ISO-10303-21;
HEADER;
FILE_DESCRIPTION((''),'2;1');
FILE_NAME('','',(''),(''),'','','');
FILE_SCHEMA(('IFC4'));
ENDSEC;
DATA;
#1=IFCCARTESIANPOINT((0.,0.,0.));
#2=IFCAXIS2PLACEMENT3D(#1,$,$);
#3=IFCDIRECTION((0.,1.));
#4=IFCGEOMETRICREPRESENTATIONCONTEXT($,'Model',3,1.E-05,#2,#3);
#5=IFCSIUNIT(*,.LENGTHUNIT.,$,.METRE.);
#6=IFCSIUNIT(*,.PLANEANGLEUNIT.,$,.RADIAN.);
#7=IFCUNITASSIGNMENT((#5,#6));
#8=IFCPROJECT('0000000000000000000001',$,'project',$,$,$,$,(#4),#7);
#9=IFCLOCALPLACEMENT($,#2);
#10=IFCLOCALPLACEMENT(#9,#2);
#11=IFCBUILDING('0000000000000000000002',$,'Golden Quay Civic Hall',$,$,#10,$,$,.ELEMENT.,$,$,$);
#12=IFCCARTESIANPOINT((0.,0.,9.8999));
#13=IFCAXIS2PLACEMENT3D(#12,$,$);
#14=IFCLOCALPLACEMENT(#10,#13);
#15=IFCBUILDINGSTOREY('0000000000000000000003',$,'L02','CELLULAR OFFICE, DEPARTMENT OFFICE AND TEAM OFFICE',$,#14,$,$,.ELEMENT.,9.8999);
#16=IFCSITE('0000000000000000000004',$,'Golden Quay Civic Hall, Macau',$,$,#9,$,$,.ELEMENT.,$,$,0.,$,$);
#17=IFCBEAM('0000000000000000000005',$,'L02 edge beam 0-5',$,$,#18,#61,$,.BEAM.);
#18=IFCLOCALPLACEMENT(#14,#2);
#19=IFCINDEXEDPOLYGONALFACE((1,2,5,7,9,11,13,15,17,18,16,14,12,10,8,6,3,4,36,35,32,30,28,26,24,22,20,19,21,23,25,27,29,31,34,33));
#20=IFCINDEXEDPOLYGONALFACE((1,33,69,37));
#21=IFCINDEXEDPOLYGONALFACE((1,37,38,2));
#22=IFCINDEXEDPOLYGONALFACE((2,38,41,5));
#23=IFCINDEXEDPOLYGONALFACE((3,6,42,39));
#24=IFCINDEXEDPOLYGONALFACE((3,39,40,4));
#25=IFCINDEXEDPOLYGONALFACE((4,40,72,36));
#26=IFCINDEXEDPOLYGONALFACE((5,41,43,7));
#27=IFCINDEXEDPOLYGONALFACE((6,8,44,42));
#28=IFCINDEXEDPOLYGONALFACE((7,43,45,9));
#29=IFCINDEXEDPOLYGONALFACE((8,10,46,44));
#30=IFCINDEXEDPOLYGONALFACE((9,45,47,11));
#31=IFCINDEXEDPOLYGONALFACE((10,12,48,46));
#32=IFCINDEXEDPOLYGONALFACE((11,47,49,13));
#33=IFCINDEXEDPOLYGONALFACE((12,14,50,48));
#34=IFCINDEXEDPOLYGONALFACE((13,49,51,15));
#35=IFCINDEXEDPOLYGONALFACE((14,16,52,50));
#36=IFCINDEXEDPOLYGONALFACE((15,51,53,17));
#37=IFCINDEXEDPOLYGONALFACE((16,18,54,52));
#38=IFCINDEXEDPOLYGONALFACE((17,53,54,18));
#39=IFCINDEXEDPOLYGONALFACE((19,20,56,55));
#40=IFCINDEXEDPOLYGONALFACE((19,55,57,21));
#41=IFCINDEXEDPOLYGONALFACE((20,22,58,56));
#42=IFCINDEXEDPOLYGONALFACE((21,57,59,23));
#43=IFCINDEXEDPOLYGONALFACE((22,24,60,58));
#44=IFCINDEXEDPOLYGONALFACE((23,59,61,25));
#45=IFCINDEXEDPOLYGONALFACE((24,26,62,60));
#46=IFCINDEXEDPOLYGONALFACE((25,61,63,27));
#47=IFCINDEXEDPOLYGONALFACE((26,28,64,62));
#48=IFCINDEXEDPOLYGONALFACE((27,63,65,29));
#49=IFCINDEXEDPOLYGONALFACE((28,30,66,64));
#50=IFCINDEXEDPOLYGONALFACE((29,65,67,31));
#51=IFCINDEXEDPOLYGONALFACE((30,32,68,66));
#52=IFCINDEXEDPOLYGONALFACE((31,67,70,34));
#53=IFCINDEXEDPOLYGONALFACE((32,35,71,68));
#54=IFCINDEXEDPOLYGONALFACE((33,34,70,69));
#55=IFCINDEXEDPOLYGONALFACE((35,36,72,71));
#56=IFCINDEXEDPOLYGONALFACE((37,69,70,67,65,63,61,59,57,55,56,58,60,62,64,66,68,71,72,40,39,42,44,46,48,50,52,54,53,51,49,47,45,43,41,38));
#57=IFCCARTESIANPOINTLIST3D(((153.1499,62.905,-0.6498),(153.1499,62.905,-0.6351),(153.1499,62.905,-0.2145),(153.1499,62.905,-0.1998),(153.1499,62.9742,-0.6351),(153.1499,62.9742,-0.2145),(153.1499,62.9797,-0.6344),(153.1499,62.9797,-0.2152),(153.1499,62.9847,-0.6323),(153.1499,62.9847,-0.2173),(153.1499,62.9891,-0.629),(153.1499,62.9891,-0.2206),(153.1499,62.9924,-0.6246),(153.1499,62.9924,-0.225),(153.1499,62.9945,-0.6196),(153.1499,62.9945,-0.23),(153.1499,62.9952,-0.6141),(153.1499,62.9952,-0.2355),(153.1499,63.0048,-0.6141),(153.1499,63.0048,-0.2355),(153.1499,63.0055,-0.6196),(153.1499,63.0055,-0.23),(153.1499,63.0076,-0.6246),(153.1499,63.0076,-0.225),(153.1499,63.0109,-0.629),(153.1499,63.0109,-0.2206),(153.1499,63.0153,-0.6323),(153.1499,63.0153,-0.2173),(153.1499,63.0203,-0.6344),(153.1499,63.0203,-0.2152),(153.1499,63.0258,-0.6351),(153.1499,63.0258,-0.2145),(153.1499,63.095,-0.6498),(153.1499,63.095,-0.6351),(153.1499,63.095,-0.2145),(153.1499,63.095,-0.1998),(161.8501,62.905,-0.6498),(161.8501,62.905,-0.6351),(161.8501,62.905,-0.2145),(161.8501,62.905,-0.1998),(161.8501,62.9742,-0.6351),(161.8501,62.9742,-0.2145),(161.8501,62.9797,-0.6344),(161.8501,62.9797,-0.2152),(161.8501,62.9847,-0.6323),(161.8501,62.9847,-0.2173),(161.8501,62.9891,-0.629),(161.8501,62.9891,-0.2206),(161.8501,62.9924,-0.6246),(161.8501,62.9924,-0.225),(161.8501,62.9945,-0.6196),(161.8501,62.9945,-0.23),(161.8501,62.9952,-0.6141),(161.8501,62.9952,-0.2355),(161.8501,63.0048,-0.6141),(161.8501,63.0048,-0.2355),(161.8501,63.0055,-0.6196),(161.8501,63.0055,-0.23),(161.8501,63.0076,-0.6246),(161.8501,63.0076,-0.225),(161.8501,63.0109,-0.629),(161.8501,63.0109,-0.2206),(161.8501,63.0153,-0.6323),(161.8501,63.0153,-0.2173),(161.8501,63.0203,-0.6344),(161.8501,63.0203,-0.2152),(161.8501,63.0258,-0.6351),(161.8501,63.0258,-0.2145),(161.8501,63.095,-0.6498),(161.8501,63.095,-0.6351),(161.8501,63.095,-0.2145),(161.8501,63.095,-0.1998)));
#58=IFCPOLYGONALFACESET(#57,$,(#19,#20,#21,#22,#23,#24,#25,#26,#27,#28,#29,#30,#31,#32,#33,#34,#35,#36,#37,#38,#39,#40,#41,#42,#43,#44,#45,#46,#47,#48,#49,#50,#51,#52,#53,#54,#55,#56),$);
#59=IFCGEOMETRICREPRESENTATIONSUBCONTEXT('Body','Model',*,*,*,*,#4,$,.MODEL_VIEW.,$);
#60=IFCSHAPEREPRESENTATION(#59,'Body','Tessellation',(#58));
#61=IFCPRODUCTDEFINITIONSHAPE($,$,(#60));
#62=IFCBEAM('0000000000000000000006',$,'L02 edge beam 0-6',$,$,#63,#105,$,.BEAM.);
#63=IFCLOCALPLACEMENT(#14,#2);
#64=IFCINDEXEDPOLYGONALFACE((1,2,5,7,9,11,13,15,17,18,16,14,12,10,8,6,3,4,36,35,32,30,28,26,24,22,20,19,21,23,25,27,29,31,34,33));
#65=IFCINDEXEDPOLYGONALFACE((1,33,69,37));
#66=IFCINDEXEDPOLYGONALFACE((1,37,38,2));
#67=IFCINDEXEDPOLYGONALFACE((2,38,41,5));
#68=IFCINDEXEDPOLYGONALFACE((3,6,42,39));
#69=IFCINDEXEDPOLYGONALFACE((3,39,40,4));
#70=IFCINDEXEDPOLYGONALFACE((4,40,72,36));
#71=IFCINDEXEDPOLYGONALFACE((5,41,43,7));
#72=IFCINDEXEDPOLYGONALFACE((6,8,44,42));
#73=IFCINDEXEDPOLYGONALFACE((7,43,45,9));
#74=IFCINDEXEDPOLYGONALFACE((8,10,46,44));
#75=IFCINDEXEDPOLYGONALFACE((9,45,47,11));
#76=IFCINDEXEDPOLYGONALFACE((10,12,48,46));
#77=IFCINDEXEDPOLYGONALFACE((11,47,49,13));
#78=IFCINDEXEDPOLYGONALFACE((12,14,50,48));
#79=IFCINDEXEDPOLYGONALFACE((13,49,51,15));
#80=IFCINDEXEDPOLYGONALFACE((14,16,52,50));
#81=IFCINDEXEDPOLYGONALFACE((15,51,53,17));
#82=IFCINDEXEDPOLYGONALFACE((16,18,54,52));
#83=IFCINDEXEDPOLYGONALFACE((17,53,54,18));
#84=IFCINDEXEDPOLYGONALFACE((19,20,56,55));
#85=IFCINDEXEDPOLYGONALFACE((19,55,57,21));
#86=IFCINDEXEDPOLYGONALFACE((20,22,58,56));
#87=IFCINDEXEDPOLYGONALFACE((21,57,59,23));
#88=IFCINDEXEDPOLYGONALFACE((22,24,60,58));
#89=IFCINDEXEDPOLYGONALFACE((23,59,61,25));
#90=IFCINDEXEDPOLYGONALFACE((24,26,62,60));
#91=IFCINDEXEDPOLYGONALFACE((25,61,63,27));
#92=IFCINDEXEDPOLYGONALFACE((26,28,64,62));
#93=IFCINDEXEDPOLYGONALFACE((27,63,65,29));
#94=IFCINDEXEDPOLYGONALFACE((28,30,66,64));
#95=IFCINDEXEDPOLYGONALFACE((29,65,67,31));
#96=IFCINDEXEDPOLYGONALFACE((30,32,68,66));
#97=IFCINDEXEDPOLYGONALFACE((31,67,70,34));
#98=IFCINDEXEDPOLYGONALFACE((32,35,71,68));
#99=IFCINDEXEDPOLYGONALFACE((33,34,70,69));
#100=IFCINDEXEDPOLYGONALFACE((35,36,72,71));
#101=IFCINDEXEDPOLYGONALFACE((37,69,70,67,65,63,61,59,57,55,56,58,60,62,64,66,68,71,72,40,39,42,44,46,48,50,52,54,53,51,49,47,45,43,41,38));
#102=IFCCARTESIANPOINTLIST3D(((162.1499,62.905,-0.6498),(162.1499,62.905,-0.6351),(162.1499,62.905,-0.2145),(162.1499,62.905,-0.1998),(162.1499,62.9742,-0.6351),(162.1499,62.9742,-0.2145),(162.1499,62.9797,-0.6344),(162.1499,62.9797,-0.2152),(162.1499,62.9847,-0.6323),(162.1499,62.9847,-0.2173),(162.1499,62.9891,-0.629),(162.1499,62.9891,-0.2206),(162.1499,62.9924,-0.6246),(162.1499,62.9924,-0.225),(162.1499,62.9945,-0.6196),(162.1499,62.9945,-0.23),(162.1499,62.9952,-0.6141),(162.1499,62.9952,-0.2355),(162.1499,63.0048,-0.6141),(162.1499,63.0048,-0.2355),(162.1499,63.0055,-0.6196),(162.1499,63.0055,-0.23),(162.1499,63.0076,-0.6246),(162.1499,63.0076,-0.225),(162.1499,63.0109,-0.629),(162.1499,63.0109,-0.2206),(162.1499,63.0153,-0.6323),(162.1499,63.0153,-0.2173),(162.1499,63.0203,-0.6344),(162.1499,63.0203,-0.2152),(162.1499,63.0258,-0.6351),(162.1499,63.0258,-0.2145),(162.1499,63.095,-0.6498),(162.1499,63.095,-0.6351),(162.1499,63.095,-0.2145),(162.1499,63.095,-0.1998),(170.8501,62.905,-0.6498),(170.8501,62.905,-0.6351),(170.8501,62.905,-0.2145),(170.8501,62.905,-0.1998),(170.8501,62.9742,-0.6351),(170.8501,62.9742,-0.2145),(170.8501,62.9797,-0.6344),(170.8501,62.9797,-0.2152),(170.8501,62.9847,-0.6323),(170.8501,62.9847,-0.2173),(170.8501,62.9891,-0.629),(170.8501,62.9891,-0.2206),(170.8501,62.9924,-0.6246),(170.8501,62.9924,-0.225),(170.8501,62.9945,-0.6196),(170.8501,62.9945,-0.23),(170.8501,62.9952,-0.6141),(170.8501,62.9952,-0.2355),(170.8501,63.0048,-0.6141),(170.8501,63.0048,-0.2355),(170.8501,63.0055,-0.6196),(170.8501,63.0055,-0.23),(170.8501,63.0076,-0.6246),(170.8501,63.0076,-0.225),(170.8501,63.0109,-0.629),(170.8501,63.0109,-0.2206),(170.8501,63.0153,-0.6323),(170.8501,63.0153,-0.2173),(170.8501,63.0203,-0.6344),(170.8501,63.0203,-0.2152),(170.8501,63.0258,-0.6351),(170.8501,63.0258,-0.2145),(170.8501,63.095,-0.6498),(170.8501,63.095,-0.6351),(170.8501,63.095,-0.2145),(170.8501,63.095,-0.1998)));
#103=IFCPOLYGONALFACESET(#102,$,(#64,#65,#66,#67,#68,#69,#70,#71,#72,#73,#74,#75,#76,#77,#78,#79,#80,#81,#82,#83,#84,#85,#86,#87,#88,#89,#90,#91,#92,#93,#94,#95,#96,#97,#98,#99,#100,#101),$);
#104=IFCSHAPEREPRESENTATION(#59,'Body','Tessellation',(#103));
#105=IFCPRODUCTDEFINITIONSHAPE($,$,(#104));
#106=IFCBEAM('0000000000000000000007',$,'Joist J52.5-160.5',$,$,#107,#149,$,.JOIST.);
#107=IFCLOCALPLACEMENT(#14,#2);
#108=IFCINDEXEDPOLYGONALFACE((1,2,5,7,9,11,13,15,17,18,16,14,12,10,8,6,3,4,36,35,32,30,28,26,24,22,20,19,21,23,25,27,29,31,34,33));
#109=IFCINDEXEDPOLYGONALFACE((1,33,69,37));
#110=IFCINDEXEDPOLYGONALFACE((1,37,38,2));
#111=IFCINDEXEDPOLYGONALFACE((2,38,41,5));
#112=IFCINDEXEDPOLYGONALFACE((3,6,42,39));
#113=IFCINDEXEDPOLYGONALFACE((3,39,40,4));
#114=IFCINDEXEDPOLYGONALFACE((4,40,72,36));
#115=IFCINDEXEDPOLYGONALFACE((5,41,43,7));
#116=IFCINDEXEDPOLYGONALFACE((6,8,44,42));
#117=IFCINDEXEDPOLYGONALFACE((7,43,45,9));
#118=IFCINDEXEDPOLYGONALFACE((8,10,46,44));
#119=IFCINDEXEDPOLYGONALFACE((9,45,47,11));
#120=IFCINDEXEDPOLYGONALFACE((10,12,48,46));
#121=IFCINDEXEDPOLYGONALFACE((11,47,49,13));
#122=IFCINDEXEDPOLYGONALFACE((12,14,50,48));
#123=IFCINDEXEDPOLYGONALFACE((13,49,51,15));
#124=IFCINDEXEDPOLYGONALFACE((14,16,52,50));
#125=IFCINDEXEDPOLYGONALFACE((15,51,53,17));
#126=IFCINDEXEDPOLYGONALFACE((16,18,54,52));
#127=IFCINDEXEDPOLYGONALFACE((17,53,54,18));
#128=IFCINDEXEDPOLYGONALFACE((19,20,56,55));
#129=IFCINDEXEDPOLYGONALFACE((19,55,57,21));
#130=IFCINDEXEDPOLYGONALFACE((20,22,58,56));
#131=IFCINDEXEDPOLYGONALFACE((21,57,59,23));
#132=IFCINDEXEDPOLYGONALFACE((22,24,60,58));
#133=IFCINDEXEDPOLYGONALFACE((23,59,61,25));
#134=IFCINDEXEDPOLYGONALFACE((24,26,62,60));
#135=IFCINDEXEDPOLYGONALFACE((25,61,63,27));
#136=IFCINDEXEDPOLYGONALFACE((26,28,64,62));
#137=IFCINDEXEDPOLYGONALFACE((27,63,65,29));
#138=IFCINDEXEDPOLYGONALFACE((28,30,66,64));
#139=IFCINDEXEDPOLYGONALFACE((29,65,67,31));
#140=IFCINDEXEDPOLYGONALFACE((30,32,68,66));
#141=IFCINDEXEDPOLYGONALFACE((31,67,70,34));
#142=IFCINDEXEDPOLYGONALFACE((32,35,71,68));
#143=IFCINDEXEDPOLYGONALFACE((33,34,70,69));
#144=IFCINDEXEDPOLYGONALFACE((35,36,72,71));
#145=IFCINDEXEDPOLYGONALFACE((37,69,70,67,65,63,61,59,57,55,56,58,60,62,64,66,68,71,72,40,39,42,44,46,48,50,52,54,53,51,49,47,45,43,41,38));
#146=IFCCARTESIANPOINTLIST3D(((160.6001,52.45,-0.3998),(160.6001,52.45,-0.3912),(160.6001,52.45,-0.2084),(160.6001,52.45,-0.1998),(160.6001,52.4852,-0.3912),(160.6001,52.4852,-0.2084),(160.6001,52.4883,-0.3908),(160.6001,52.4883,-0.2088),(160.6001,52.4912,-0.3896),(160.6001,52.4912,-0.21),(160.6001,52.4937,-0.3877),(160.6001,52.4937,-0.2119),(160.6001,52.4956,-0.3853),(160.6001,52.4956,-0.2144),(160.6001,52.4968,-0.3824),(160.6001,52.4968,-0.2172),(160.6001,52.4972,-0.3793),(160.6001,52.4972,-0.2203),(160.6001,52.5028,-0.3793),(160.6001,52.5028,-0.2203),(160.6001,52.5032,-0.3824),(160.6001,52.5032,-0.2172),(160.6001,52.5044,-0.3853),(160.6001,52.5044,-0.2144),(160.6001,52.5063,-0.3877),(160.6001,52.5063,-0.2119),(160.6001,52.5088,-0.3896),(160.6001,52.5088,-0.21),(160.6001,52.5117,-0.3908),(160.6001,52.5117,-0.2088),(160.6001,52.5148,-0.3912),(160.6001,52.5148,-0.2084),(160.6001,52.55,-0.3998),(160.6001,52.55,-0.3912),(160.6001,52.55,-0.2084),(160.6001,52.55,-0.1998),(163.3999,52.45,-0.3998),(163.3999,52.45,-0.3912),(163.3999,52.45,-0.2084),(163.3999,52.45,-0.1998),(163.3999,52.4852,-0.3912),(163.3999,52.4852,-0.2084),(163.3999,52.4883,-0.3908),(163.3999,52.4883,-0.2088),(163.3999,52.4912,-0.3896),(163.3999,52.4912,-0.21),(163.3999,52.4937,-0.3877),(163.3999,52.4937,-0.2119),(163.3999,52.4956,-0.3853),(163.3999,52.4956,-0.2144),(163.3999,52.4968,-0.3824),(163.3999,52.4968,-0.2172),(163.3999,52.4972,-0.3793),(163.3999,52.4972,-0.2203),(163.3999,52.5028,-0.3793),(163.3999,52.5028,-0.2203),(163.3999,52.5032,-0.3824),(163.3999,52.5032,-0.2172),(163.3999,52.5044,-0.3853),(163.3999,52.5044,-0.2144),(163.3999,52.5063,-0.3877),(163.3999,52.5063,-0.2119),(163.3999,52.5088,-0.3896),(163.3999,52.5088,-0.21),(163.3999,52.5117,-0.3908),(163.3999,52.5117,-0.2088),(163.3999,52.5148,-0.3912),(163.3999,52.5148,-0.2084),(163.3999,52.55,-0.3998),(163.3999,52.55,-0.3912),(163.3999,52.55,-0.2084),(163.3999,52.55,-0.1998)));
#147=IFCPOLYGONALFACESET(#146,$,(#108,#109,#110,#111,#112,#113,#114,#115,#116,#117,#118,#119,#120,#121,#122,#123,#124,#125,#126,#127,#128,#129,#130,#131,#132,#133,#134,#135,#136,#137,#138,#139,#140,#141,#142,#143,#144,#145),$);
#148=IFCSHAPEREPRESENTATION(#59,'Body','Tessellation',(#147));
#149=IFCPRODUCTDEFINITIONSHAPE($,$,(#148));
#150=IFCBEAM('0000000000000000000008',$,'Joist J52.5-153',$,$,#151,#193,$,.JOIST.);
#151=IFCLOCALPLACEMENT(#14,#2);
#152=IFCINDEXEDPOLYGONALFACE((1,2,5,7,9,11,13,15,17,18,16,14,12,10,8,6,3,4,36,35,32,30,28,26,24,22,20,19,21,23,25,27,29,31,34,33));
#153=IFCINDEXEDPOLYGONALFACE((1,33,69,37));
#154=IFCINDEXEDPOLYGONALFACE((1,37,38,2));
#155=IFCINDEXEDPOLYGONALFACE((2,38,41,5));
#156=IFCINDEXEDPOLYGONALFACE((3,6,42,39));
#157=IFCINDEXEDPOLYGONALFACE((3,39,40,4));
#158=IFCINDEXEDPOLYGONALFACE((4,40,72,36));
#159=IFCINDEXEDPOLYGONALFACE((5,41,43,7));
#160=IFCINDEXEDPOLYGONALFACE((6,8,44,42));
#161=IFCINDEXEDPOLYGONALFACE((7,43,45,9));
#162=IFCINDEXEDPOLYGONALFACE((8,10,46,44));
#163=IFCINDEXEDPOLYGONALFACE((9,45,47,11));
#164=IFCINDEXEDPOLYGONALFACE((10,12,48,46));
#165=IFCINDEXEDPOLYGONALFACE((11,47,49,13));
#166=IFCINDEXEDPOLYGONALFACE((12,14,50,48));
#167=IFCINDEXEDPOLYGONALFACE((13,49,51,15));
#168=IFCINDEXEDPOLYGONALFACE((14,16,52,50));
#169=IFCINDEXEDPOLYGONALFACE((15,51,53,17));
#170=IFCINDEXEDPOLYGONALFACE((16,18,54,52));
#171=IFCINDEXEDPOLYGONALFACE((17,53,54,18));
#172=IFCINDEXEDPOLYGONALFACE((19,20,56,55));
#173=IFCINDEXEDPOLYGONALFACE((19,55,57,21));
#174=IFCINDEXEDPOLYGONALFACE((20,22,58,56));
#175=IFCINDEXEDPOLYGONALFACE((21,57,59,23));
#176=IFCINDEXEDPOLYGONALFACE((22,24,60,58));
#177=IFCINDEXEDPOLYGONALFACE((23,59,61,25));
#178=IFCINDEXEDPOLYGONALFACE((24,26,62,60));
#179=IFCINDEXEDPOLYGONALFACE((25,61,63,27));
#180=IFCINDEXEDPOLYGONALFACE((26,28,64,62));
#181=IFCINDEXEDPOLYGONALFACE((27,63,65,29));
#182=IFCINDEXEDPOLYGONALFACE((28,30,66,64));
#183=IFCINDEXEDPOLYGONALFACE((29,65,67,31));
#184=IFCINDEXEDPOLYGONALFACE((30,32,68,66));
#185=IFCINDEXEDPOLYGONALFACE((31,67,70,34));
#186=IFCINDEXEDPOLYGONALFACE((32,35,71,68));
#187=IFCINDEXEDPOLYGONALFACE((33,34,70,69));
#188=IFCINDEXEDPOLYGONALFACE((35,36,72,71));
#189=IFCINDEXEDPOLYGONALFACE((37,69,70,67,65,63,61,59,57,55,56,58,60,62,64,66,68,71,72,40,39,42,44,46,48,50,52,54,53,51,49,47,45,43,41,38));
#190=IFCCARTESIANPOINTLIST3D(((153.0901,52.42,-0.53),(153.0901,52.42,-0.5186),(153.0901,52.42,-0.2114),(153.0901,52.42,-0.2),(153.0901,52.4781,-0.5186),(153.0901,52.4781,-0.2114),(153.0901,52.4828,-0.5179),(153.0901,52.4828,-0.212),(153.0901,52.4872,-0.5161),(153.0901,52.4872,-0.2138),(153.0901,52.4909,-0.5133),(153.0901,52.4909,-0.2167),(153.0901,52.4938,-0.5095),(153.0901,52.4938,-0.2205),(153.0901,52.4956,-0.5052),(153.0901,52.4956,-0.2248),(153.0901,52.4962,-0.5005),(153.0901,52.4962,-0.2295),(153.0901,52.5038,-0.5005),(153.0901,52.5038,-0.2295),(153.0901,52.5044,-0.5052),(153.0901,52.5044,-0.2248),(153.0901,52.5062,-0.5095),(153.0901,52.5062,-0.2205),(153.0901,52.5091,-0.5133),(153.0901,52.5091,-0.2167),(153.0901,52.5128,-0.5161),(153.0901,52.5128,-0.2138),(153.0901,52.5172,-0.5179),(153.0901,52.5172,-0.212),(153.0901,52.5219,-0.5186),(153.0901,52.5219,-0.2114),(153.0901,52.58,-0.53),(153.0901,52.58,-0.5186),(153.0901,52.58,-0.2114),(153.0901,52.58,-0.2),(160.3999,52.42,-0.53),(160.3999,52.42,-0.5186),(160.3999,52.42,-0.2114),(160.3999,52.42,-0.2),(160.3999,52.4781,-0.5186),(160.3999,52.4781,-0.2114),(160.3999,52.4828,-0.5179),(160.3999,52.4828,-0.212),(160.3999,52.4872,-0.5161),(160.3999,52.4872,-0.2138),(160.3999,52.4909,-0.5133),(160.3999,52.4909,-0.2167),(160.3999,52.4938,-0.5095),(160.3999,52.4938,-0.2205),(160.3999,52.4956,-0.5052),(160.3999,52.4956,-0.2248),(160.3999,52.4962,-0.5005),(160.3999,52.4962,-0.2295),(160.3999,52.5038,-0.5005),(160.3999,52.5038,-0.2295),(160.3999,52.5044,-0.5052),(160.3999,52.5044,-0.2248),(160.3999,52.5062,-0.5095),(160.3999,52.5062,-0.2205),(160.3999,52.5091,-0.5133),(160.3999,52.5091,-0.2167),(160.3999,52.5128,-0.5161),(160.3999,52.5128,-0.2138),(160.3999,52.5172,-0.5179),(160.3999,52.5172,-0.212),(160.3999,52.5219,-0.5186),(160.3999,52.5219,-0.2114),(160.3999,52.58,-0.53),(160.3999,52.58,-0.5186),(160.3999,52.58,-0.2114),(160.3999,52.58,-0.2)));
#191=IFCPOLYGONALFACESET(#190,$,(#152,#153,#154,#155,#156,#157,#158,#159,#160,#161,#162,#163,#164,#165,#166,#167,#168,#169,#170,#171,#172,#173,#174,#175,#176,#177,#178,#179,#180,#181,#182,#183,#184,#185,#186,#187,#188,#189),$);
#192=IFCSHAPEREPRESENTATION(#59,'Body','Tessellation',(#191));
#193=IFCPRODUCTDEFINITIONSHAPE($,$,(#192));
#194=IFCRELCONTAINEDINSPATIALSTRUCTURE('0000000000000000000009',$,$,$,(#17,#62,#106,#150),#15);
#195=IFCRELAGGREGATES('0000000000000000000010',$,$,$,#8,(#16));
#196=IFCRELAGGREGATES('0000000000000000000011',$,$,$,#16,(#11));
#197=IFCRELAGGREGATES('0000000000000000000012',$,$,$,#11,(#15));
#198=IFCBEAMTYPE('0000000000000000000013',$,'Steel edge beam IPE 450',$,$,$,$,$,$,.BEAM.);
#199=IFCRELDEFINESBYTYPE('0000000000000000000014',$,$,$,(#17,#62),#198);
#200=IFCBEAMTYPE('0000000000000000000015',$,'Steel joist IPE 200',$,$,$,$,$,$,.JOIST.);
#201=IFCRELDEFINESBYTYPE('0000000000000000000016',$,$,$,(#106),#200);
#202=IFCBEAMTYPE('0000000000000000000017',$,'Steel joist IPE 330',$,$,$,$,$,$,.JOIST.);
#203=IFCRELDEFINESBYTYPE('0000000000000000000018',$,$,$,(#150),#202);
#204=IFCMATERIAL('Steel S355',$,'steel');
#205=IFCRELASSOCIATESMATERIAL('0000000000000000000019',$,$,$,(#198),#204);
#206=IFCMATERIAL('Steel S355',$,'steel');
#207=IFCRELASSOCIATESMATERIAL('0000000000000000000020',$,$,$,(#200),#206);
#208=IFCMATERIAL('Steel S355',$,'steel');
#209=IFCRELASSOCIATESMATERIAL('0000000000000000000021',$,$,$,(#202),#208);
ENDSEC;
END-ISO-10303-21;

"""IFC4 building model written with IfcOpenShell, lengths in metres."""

from ifc_helpers import new_model, si_unit, direction, frame, origin, origin_2d, place, context, subcontext, project, spatial, i_section, extrude, material, material_profile, profile_set, type_object, element, save


model = new_model("IFC4")

# Units and contexts
model_context = context("Model", 3, precision=1e-05, world=origin(), true_north=direction((0.0, 1.0)))
body_context = subcontext(model_context, "Body", "Model", "MODEL_VIEW")
ifc_project = project(units=[si_unit("LENGTHUNIT", "METRE"), si_unit("PLANEANGLEUNIT", "RADIAN")], contexts=[model_context])

# Site, building, storey
site_placement = place(None, origin())
site = spatial("IfcSite", under=ifc_project, at=site_placement, Name="Golden Quay Civic Hall, Macau", CompositionType="ELEMENT", RefElevation=0.0)
building_placement = place(site_placement, origin())
building = spatial("IfcBuilding", under=site, at=building_placement, Name="Golden Quay Civic Hall", CompositionType="ELEMENT")
storey_placement = place(building_placement, frame((0.0, 0.0, 9.8999)))
storey = spatial("IfcBuildingStorey", under=building, at=storey_placement, Name="L02", Description="CELLULAR OFFICE, DEPARTMENT OFFICE AND TEAM OFFICE", CompositionType="ELEMENT", Elevation=9.8999)

# Beams
ifc_material_1 = material(Name="Steel S355", Category="steel")
ifc_material_profile_1 = material_profile(ifc_material_1, i_section(OverallWidth=0.1899, OverallDepth=0.45, WebThickness=0.0095, FlangeThickness=0.0146, FilletRadius=0.021, at=origin_2d()), Name="IPE 450")
ifc_profile_set_1 = profile_set([ifc_material_profile_1], Name="Steel S355")
beam_type_1 = type_object("IfcBeamType", Name="Steel edge beam IPE 450", PredefinedType="BEAM", material=ifc_profile_set_1)
for number, where, z_axis, x_axis, name in (
    (1, (153.1499, 63.0, -0.4248), (1.0, 0.0, 0.0), (0.0, 1.0, 0.0), "L02 edge beam 0-5"),
    (2, (162.1499, 63.0, -0.4248), (1.0, 0.0, 0.0), (0.0, 1.0, 0.0), "L02 edge beam 0-6"),
):
    element("IfcBeam", number, at=place(storey_placement, frame(where, z_axis=z_axis, x_axis=x_axis)), inside=storey, type_object=beam_type_1, Name=name, PredefinedType="BEAM", context=body_context, shape_type="SweptSolid", body=[
        extrude(i_section(OverallWidth=0.1899, OverallDepth=0.45, WebThickness=0.0095, FlangeThickness=0.0146, FilletRadius=0.021, at=origin_2d()), origin(), (0.0, 0.0, 1.0), 8.7002),
    ])
ifc_material_2 = material(Name="Steel S355", Category="steel")
ifc_material_profile_2 = material_profile(ifc_material_2, i_section(OverallWidth=0.1001, OverallDepth=0.2, WebThickness=0.0056, FlangeThickness=0.0085, FilletRadius=0.012, at=origin_2d()), Name="IPE 200")
ifc_profile_set_2 = profile_set([ifc_material_profile_2], Name="Steel S355")
beam_type_2 = type_object("IfcBeamType", Name="Steel joist IPE 200", PredefinedType="JOIST", material=ifc_profile_set_2)
beam_1_placement = place(storey_placement, frame((160.6001, 52.5, -0.2998), z_axis=(1.0, 0.0, 0.0), x_axis=(0.0, 1.0, 0.0)))
element("IfcBeam", 3, at=beam_1_placement, inside=storey, type_object=beam_type_2, Name="Joist J52.5-160.5", PredefinedType="JOIST", context=body_context, shape_type="SweptSolid", body=[
    extrude(i_section(OverallWidth=0.1001, OverallDepth=0.2, WebThickness=0.0056, FlangeThickness=0.0085, FilletRadius=0.012, at=origin_2d()), origin(), (0.0, 0.0, 1.0), 2.7998),
])
ifc_material_3 = material(Name="Steel S355", Category="steel")
ifc_material_profile_3 = material_profile(ifc_material_3, i_section(OverallWidth=0.1599, OverallDepth=0.3301, WebThickness=0.0076, FlangeThickness=0.0115, FilletRadius=0.0181, at=origin_2d()), Name="IPE 330")
ifc_profile_set_3 = profile_set([ifc_material_profile_3], Name="Steel S355")
beam_type_3 = type_object("IfcBeamType", Name="Steel joist IPE 330", PredefinedType="JOIST", material=ifc_profile_set_3)
beam_2_placement = place(storey_placement, frame((153.0901, 52.5, -0.365), z_axis=(1.0, 0.0, 0.0), x_axis=(0.0, 1.0, 0.0)))
element("IfcBeam", 4, at=beam_2_placement, inside=storey, type_object=beam_type_3, Name="Joist J52.5-153", PredefinedType="JOIST", context=body_context, shape_type="SweptSolid", body=[
    extrude(i_section(OverallWidth=0.1599, OverallDepth=0.3301, WebThickness=0.0076, FlangeThickness=0.0115, FilletRadius=0.0181, at=origin_2d()), origin(), (0.0, 0.0, 1.0), 7.3098),
])

save(model, "model.ifc")
